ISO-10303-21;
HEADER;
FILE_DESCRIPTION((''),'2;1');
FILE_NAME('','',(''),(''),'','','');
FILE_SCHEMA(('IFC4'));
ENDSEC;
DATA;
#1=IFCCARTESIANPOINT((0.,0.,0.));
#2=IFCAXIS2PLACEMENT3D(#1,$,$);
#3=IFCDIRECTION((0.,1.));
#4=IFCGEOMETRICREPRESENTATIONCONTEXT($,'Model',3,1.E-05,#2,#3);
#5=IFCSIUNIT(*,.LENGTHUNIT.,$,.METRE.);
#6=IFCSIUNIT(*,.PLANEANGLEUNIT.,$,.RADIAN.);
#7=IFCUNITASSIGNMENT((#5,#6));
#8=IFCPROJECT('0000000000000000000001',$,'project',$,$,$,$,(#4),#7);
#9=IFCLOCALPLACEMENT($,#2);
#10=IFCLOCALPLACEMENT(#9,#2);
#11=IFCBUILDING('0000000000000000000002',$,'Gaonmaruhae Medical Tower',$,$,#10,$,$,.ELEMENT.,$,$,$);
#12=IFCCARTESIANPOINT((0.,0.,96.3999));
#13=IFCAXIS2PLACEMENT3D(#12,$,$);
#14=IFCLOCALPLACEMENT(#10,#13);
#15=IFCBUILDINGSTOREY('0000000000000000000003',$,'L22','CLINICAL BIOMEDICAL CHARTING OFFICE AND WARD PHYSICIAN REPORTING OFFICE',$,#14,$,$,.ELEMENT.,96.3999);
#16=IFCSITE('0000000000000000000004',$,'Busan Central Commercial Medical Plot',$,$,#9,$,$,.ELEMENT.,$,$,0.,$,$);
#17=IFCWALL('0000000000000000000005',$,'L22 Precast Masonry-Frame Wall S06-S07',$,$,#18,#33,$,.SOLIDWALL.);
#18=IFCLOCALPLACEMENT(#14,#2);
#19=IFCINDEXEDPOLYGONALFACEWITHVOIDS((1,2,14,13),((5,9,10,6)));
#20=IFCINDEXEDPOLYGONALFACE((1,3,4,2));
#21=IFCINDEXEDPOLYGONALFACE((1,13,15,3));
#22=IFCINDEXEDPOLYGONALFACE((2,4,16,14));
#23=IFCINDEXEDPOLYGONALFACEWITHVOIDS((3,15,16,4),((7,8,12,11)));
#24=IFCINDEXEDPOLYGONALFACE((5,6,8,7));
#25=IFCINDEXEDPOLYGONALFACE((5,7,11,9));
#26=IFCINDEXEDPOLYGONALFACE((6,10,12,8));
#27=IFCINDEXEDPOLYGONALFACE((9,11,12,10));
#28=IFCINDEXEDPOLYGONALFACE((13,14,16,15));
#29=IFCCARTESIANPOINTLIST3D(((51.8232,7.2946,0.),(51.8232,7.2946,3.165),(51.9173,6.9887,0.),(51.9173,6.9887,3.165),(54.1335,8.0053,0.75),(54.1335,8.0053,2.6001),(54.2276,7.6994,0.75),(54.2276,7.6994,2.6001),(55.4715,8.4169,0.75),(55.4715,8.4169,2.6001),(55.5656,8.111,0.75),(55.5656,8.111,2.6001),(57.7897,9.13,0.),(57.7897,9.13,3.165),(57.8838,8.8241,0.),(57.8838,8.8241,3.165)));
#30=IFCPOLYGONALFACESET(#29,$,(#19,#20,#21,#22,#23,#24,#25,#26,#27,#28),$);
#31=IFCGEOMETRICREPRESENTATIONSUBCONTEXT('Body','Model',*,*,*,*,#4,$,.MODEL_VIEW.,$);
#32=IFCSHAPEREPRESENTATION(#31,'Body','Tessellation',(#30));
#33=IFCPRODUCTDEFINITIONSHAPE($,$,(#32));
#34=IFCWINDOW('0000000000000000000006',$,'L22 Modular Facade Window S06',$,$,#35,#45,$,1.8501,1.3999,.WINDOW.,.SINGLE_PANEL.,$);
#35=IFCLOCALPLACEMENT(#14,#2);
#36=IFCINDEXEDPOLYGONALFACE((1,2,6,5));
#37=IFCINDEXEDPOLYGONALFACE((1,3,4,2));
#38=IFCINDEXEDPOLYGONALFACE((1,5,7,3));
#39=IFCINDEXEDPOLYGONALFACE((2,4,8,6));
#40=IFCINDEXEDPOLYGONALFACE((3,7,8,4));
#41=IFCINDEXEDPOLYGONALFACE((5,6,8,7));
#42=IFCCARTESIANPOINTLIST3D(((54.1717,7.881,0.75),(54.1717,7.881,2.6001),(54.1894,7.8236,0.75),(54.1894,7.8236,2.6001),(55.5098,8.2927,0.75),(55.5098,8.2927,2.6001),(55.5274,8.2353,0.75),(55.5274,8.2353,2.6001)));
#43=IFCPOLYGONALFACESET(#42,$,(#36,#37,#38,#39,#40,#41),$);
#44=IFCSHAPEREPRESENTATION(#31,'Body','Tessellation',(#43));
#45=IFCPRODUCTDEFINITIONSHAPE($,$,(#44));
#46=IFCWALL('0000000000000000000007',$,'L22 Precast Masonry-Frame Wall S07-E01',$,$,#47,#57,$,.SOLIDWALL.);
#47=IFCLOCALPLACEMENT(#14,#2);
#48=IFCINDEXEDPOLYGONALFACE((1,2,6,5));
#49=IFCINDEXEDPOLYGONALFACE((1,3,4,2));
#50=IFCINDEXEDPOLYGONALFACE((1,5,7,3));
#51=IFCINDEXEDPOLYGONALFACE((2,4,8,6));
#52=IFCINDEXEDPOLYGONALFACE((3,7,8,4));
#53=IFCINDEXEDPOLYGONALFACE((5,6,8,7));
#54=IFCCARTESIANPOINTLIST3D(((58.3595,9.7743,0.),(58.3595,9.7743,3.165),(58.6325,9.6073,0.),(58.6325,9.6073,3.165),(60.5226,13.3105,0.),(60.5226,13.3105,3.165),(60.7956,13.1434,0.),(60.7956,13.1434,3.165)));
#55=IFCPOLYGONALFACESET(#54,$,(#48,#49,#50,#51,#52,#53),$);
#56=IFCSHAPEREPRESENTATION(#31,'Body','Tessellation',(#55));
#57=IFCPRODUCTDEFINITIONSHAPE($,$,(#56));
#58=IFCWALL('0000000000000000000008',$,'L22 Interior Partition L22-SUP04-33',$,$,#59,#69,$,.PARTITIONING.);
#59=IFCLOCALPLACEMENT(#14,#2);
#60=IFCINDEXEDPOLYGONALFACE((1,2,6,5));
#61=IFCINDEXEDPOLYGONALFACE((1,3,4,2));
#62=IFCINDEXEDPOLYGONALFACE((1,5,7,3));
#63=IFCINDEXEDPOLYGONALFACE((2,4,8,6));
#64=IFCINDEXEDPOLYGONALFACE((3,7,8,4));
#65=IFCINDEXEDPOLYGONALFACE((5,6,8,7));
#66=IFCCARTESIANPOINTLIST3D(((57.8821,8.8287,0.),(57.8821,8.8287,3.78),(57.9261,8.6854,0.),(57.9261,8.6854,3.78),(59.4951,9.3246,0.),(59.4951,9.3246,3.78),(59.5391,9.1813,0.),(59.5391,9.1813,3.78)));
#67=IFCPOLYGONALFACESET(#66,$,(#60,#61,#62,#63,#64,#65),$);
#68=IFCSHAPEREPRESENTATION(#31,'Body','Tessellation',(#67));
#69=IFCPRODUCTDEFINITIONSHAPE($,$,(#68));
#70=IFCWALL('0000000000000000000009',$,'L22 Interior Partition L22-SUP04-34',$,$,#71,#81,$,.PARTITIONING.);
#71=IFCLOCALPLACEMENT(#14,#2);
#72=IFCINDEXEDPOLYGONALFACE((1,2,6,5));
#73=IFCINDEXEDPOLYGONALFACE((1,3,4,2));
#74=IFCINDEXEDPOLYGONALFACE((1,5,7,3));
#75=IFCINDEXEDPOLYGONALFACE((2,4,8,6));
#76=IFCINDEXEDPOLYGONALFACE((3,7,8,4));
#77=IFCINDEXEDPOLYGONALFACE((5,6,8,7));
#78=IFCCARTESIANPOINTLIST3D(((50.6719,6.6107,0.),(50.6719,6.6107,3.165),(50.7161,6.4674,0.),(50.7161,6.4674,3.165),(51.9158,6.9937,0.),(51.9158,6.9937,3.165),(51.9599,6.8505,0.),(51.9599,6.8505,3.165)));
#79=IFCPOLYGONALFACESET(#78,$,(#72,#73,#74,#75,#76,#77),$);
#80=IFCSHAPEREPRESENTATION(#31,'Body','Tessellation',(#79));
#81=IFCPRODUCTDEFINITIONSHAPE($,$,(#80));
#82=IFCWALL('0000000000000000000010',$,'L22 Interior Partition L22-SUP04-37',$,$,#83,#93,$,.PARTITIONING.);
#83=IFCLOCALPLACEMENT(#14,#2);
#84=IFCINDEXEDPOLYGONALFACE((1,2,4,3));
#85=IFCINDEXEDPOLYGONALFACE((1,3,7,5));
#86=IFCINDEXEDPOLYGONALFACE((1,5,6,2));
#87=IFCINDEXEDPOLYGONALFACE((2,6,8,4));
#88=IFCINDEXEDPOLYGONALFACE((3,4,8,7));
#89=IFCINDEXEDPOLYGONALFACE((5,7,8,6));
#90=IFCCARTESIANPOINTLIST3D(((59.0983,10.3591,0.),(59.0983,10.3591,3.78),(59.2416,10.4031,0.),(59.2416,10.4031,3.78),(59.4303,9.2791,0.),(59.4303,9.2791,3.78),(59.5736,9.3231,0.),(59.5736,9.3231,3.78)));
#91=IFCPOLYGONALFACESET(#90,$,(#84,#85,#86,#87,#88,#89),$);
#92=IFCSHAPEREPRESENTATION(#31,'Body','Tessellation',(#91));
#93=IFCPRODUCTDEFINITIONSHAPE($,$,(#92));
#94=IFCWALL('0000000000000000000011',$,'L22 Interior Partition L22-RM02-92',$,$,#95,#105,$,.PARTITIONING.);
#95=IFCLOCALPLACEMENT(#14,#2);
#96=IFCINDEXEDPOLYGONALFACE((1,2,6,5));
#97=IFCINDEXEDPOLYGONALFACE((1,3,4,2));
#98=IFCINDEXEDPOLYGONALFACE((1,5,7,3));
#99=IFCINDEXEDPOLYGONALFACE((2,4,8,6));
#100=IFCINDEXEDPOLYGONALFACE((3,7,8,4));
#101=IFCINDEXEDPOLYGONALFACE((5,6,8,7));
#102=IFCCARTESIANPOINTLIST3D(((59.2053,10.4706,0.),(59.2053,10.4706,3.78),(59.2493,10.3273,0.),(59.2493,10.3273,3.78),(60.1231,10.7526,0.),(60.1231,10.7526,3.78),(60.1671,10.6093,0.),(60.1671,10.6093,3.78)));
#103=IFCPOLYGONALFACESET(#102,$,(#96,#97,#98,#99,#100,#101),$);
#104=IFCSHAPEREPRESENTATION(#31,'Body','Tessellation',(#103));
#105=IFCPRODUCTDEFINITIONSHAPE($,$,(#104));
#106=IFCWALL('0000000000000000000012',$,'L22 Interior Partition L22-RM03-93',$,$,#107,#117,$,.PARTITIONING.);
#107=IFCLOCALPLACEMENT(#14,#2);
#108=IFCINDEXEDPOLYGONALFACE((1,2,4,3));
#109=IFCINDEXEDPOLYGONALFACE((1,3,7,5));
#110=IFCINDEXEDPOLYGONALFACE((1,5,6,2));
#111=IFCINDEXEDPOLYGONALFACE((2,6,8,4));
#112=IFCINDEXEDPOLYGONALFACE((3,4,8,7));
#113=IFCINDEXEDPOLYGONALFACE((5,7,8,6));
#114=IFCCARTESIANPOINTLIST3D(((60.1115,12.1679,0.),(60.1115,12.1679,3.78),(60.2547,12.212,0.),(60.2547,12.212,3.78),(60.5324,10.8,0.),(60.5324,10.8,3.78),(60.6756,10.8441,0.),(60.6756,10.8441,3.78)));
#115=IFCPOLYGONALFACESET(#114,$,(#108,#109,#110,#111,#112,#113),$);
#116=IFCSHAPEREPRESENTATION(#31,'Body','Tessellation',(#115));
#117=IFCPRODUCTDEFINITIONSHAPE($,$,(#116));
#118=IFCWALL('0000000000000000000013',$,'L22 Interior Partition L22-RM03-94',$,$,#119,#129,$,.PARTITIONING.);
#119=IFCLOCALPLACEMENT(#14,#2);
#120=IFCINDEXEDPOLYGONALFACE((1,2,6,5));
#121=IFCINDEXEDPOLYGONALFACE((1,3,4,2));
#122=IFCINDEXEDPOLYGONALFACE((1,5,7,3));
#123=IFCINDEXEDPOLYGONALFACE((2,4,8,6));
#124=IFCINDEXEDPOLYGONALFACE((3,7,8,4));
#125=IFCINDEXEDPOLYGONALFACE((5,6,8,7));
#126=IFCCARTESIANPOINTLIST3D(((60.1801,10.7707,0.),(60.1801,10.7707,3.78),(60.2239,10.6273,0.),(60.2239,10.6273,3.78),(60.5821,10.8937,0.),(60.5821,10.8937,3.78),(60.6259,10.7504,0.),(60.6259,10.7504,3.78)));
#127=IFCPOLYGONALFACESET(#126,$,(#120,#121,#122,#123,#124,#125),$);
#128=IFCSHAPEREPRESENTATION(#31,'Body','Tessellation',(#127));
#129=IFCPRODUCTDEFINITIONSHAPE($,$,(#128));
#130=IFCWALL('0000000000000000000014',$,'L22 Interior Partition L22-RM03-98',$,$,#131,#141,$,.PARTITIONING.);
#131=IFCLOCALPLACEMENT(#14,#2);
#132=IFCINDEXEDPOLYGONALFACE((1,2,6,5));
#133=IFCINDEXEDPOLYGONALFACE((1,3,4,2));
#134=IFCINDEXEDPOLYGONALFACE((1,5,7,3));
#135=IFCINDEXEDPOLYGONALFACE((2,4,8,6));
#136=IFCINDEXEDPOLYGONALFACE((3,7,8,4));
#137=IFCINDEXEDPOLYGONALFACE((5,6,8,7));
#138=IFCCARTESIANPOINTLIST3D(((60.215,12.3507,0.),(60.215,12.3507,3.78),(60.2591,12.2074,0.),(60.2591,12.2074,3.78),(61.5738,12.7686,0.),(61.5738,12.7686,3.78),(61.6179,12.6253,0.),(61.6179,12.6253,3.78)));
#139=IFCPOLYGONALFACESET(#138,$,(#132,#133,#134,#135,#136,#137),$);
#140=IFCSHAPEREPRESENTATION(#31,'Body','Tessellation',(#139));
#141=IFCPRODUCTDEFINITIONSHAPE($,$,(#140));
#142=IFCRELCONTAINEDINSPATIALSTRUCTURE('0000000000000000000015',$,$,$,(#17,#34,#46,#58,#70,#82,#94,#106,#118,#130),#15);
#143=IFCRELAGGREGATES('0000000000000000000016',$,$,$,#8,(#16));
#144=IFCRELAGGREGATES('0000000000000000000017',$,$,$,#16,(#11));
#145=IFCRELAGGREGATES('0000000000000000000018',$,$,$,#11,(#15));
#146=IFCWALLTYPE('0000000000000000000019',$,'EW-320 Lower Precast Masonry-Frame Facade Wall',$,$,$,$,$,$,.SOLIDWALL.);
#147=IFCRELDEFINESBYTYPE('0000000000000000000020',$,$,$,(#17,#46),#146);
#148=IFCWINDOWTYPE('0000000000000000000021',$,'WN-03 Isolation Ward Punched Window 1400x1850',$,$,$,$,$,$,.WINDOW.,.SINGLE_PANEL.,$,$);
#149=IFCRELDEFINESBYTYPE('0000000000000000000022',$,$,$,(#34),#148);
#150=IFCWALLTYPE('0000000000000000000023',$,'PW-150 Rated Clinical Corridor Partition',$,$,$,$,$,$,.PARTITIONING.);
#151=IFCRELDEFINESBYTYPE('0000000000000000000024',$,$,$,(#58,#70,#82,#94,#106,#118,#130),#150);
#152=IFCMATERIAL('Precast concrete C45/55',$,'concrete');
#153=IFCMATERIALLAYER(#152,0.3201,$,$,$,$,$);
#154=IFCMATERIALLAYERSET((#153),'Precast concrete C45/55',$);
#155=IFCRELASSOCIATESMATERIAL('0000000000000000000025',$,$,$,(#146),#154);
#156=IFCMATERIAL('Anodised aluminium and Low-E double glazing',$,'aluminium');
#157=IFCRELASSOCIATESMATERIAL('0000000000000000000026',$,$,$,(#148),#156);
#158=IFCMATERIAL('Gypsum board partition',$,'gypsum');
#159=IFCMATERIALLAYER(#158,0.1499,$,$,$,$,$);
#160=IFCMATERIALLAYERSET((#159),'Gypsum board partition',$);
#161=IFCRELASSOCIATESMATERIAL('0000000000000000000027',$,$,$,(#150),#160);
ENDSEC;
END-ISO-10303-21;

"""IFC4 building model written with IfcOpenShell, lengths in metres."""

from ifc_helpers import new_model, si_unit, direction, frame, frame_2d, origin, place, context, subcontext, project, spatial, rectangle, extrude, material, layer, layer_set, type_object, element, fill, save


model = new_model("IFC4")

# Units and contexts
model_context = context("Model", 3, precision=1e-05, world=origin(), true_north=direction((0.0, 1.0)))
body_context = subcontext(model_context, "Body", "Model", "MODEL_VIEW")
ifc_project = project(units=[si_unit("LENGTHUNIT", "METRE"), si_unit("PLANEANGLEUNIT", "RADIAN")], contexts=[model_context])

# Site, building, storey
site_placement = place(None, origin())
site = spatial("IfcSite", under=ifc_project, at=site_placement, Name="Busan Central Commercial Medical Plot", CompositionType="ELEMENT", RefElevation=0.0)
building_placement = place(site_placement, origin())
building = spatial("IfcBuilding", under=site, at=building_placement, Name="Gaonmaruhae Medical Tower", CompositionType="ELEMENT")
storey_placement = place(building_placement, frame((0.0, 0.0, 96.3999)))
storey = spatial("IfcBuildingStorey", under=building, at=storey_placement, Name="L22", Description="CLINICAL BIOMEDICAL CHARTING OFFICE AND WARD PHYSICIAN REPORTING OFFICE", CompositionType="ELEMENT", Elevation=96.3999)

# Wall, opening, window
ifc_material_1 = material(Name="Precast concrete C45/55", Category="concrete")
ifc_layer_1 = layer(ifc_material_1, 0.3201)
ifc_layer_set_1 = layer_set([ifc_layer_1], Name="Precast concrete C45/55")
wall_type_1 = type_object("IfcWallType", Name="EW-320 Lower Precast Masonry-Frame Facade Wall", PredefinedType="SOLIDWALL", material=ifc_layer_set_1)
wall_1_placement = place(storey_placement, frame((57.8367, 8.9771, 0.0), z_axis=(0.0, 0.0, 1.0), x_axis=(-0.955798, -0.294025, 0.0)))
wall_1 = element("IfcWall", 1, at=wall_1_placement, inside=storey, type_object=wall_type_1, Name="L22 Precast Masonry-Frame Wall S06-S07", PredefinedType="SOLIDWALL", context=body_context, shape_type="SweptSolid", body=[
    extrude(rectangle(XDim=6.2424, YDim=0.3201, at=frame_2d((3.1211, 0.0))), origin(), (0.0, 0.0, 1.0), 3.165),
])
opening_placement = place(wall_1_placement, frame((2.4253, 0.0, 0.75)))
opening = element("IfcOpeningElement", 2, at=opening_placement, cuts=wall_1, PredefinedType="OPENING", context=body_context, shape_type="SweptSolid", body=[
    extrude(rectangle(XDim=1.3999, YDim=1.8501, at=frame_2d((0.7, 0.925))), frame((0.0, 0.1699, 0.0), z_axis=(0.0, -1.0, 0.0), x_axis=(1.0, 0.0, 0.0)), (0.0, 0.0, 1.0), 0.3401),
])
ifc_material_2 = material(Name="Anodised aluminium and Low-E double glazing", Category="aluminium")
window_type = type_object("IfcWindowType", Name="WN-03 Isolation Ward Punched Window 1400x1850", PartitioningType="SINGLE_PANEL", PredefinedType="WINDOW", material=ifc_material_2)
window_placement = place(opening_placement, origin())
window = element("IfcWindow", 3, at=window_placement, inside=storey, type_object=window_type, Name="L22 Modular Facade Window S06", OverallHeight=1.8501, OverallWidth=1.3999, PartitioningType="SINGLE_PANEL", PredefinedType="WINDOW", context=body_context, shape_type="SweptSolid", body=[
    extrude(rectangle(XDim=1.3999, YDim=1.8501, at=frame_2d((0.7, 0.925))), frame((0.0, 0.03, 0.0), z_axis=(0.0, -1.0, 0.0), x_axis=(1.0, 0.0, 0.0)), (0.0, 0.0, 1.0), 0.0601),
])
fill(opening, window)

# Walls
wall_2_placement = place(storey_placement, frame((60.6592, 13.2271, 0.0), z_axis=(0.0, 0.0, 1.0), x_axis=(-0.521822, -0.853055, 0.0)))
element("IfcWall", 4, at=wall_2_placement, inside=storey, type_object=wall_type_1, Name="L22 Precast Masonry-Frame Wall S07-E01", PredefinedType="SOLIDWALL", context=body_context, shape_type="SweptSolid", body=[
    extrude(rectangle(XDim=4.1453, YDim=0.3201, at=frame_2d((2.0728, 0.0))), origin(), (0.0, 0.0, 1.0), 3.165),
])
ifc_material_3 = material(Name="Gypsum board partition", Category="gypsum")
ifc_layer_2 = layer(ifc_material_3, 0.1499)
ifc_layer_set_2 = layer_set([ifc_layer_2], Name="Gypsum board partition")
wall_type_2 = type_object("IfcWallType", Name="PW-150 Rated Clinical Corridor Partition", PredefinedType="PARTITIONING", material=ifc_layer_set_2)
wall_3_placement = place(storey_placement, frame((59.5171, 9.2529, 0.0), z_axis=(0.0, 0.0, 1.0), x_axis=(-0.955857, -0.293832, 0.0)))
element("IfcWall", 5, at=wall_3_placement, inside=storey, type_object=wall_type_2, Name="L22 Interior Partition L22-SUP04-33", PredefinedType="PARTITIONING", context=body_context, shape_type="SweptSolid", body=[
    extrude(rectangle(XDim=1.6875, YDim=0.1499, at=frame_2d((0.8438, 0.0))), origin(), (0.0, 0.0, 1.0), 3.78),
])
wall_4_placement = place(storey_placement, frame((51.938, 6.9221, 0.0), z_axis=(0.0, 0.0, 1.0), x_axis=(-0.95571, -0.29431, 0.0)))
element("IfcWall", 6, at=wall_4_placement, inside=storey, type_object=wall_type_2, Name="L22 Interior Partition L22-SUP04-34", PredefinedType="PARTITIONING", context=body_context, shape_type="SweptSolid", body=[
    extrude(rectangle(XDim=1.3015, YDim=0.1499, at=frame_2d((0.6509, 0.0))), origin(), (0.0, 0.0, 1.0), 3.165),
])
wall_5_placement = place(storey_placement, frame((59.1699, 10.3811, 0.0), z_axis=(0.0, 0.0, 1.0), x_axis=(0.293843, -0.955854, 0.0)))
element("IfcWall", 7, at=wall_5_placement, inside=storey, type_object=wall_type_2, Name="L22 Interior Partition L22-SUP04-37", PredefinedType="PARTITIONING", context=body_context, shape_type="SweptSolid", body=[
    extrude(rectangle(XDim=1.1299, YDim=0.1499, at=frame_2d((0.5649, 0.0))), origin(), (0.0, 0.0, 1.0), 3.78),
])
wall_6_placement = place(storey_placement, frame((60.145, 10.6809, 0.0), z_axis=(0.0, 0.0, 1.0), x_axis=(-0.955916, -0.293639, 0.0)))
element("IfcWall", 8, at=wall_6_placement, inside=storey, type_object=wall_type_2, Name="L22 Interior Partition L22-RM02-92", PredefinedType="PARTITIONING", context=body_context, shape_type="SweptSolid", body=[
    extrude(rectangle(XDim=0.9602, YDim=0.1499, at=frame_2d((0.48, 0.0))), origin(), (0.0, 0.0, 1.0), 3.78),
])
wall_7_placement = place(storey_placement, frame((60.1831, 12.1899, 0.0), z_axis=(0.0, 0.0, 1.0), x_axis=(0.294086, -0.955779, 0.0)))
element("IfcWall", 9, at=wall_7_placement, inside=storey, type_object=wall_type_2, Name="L22 Interior Partition L22-RM03-93", PredefinedType="PARTITIONING", context=body_context, shape_type="SweptSolid", body=[
    extrude(rectangle(XDim=1.4312, YDim=0.1499, at=frame_2d((0.7156, 0.0))), origin(), (0.0, 0.0, 1.0), 3.78),
])
wall_8_placement = place(storey_placement, frame((60.604, 10.822, 0.0), z_axis=(0.0, 0.0, 1.0), x_axis=(-0.95623, -0.292617, 0.0)))
element("IfcWall", 10, at=wall_8_placement, inside=storey, type_object=wall_type_2, Name="L22 Interior Partition L22-RM03-94", PredefinedType="PARTITIONING", context=body_context, shape_type="SweptSolid", body=[
    extrude(rectangle(XDim=0.4204, YDim=0.1499, at=frame_2d((0.2102, 0.0))), origin(), (0.0, 0.0, 1.0), 3.78),
])
wall_9_placement = place(storey_placement, frame((61.5959, 12.697, 0.0), z_axis=(0.0, 0.0, 1.0), x_axis=(-0.955809, -0.293989, 0.0)))
element("IfcWall", 11, at=wall_9_placement, inside=storey, type_object=wall_type_2, Name="L22 Interior Partition L22-RM03-98", PredefinedType="PARTITIONING", context=body_context, shape_type="SweptSolid", body=[
    extrude(rectangle(XDim=1.4216, YDim=0.1499, at=frame_2d((0.7109, 0.0))), origin(), (0.0, 0.0, 1.0), 3.78),
])

save(model, "model.ifc")
